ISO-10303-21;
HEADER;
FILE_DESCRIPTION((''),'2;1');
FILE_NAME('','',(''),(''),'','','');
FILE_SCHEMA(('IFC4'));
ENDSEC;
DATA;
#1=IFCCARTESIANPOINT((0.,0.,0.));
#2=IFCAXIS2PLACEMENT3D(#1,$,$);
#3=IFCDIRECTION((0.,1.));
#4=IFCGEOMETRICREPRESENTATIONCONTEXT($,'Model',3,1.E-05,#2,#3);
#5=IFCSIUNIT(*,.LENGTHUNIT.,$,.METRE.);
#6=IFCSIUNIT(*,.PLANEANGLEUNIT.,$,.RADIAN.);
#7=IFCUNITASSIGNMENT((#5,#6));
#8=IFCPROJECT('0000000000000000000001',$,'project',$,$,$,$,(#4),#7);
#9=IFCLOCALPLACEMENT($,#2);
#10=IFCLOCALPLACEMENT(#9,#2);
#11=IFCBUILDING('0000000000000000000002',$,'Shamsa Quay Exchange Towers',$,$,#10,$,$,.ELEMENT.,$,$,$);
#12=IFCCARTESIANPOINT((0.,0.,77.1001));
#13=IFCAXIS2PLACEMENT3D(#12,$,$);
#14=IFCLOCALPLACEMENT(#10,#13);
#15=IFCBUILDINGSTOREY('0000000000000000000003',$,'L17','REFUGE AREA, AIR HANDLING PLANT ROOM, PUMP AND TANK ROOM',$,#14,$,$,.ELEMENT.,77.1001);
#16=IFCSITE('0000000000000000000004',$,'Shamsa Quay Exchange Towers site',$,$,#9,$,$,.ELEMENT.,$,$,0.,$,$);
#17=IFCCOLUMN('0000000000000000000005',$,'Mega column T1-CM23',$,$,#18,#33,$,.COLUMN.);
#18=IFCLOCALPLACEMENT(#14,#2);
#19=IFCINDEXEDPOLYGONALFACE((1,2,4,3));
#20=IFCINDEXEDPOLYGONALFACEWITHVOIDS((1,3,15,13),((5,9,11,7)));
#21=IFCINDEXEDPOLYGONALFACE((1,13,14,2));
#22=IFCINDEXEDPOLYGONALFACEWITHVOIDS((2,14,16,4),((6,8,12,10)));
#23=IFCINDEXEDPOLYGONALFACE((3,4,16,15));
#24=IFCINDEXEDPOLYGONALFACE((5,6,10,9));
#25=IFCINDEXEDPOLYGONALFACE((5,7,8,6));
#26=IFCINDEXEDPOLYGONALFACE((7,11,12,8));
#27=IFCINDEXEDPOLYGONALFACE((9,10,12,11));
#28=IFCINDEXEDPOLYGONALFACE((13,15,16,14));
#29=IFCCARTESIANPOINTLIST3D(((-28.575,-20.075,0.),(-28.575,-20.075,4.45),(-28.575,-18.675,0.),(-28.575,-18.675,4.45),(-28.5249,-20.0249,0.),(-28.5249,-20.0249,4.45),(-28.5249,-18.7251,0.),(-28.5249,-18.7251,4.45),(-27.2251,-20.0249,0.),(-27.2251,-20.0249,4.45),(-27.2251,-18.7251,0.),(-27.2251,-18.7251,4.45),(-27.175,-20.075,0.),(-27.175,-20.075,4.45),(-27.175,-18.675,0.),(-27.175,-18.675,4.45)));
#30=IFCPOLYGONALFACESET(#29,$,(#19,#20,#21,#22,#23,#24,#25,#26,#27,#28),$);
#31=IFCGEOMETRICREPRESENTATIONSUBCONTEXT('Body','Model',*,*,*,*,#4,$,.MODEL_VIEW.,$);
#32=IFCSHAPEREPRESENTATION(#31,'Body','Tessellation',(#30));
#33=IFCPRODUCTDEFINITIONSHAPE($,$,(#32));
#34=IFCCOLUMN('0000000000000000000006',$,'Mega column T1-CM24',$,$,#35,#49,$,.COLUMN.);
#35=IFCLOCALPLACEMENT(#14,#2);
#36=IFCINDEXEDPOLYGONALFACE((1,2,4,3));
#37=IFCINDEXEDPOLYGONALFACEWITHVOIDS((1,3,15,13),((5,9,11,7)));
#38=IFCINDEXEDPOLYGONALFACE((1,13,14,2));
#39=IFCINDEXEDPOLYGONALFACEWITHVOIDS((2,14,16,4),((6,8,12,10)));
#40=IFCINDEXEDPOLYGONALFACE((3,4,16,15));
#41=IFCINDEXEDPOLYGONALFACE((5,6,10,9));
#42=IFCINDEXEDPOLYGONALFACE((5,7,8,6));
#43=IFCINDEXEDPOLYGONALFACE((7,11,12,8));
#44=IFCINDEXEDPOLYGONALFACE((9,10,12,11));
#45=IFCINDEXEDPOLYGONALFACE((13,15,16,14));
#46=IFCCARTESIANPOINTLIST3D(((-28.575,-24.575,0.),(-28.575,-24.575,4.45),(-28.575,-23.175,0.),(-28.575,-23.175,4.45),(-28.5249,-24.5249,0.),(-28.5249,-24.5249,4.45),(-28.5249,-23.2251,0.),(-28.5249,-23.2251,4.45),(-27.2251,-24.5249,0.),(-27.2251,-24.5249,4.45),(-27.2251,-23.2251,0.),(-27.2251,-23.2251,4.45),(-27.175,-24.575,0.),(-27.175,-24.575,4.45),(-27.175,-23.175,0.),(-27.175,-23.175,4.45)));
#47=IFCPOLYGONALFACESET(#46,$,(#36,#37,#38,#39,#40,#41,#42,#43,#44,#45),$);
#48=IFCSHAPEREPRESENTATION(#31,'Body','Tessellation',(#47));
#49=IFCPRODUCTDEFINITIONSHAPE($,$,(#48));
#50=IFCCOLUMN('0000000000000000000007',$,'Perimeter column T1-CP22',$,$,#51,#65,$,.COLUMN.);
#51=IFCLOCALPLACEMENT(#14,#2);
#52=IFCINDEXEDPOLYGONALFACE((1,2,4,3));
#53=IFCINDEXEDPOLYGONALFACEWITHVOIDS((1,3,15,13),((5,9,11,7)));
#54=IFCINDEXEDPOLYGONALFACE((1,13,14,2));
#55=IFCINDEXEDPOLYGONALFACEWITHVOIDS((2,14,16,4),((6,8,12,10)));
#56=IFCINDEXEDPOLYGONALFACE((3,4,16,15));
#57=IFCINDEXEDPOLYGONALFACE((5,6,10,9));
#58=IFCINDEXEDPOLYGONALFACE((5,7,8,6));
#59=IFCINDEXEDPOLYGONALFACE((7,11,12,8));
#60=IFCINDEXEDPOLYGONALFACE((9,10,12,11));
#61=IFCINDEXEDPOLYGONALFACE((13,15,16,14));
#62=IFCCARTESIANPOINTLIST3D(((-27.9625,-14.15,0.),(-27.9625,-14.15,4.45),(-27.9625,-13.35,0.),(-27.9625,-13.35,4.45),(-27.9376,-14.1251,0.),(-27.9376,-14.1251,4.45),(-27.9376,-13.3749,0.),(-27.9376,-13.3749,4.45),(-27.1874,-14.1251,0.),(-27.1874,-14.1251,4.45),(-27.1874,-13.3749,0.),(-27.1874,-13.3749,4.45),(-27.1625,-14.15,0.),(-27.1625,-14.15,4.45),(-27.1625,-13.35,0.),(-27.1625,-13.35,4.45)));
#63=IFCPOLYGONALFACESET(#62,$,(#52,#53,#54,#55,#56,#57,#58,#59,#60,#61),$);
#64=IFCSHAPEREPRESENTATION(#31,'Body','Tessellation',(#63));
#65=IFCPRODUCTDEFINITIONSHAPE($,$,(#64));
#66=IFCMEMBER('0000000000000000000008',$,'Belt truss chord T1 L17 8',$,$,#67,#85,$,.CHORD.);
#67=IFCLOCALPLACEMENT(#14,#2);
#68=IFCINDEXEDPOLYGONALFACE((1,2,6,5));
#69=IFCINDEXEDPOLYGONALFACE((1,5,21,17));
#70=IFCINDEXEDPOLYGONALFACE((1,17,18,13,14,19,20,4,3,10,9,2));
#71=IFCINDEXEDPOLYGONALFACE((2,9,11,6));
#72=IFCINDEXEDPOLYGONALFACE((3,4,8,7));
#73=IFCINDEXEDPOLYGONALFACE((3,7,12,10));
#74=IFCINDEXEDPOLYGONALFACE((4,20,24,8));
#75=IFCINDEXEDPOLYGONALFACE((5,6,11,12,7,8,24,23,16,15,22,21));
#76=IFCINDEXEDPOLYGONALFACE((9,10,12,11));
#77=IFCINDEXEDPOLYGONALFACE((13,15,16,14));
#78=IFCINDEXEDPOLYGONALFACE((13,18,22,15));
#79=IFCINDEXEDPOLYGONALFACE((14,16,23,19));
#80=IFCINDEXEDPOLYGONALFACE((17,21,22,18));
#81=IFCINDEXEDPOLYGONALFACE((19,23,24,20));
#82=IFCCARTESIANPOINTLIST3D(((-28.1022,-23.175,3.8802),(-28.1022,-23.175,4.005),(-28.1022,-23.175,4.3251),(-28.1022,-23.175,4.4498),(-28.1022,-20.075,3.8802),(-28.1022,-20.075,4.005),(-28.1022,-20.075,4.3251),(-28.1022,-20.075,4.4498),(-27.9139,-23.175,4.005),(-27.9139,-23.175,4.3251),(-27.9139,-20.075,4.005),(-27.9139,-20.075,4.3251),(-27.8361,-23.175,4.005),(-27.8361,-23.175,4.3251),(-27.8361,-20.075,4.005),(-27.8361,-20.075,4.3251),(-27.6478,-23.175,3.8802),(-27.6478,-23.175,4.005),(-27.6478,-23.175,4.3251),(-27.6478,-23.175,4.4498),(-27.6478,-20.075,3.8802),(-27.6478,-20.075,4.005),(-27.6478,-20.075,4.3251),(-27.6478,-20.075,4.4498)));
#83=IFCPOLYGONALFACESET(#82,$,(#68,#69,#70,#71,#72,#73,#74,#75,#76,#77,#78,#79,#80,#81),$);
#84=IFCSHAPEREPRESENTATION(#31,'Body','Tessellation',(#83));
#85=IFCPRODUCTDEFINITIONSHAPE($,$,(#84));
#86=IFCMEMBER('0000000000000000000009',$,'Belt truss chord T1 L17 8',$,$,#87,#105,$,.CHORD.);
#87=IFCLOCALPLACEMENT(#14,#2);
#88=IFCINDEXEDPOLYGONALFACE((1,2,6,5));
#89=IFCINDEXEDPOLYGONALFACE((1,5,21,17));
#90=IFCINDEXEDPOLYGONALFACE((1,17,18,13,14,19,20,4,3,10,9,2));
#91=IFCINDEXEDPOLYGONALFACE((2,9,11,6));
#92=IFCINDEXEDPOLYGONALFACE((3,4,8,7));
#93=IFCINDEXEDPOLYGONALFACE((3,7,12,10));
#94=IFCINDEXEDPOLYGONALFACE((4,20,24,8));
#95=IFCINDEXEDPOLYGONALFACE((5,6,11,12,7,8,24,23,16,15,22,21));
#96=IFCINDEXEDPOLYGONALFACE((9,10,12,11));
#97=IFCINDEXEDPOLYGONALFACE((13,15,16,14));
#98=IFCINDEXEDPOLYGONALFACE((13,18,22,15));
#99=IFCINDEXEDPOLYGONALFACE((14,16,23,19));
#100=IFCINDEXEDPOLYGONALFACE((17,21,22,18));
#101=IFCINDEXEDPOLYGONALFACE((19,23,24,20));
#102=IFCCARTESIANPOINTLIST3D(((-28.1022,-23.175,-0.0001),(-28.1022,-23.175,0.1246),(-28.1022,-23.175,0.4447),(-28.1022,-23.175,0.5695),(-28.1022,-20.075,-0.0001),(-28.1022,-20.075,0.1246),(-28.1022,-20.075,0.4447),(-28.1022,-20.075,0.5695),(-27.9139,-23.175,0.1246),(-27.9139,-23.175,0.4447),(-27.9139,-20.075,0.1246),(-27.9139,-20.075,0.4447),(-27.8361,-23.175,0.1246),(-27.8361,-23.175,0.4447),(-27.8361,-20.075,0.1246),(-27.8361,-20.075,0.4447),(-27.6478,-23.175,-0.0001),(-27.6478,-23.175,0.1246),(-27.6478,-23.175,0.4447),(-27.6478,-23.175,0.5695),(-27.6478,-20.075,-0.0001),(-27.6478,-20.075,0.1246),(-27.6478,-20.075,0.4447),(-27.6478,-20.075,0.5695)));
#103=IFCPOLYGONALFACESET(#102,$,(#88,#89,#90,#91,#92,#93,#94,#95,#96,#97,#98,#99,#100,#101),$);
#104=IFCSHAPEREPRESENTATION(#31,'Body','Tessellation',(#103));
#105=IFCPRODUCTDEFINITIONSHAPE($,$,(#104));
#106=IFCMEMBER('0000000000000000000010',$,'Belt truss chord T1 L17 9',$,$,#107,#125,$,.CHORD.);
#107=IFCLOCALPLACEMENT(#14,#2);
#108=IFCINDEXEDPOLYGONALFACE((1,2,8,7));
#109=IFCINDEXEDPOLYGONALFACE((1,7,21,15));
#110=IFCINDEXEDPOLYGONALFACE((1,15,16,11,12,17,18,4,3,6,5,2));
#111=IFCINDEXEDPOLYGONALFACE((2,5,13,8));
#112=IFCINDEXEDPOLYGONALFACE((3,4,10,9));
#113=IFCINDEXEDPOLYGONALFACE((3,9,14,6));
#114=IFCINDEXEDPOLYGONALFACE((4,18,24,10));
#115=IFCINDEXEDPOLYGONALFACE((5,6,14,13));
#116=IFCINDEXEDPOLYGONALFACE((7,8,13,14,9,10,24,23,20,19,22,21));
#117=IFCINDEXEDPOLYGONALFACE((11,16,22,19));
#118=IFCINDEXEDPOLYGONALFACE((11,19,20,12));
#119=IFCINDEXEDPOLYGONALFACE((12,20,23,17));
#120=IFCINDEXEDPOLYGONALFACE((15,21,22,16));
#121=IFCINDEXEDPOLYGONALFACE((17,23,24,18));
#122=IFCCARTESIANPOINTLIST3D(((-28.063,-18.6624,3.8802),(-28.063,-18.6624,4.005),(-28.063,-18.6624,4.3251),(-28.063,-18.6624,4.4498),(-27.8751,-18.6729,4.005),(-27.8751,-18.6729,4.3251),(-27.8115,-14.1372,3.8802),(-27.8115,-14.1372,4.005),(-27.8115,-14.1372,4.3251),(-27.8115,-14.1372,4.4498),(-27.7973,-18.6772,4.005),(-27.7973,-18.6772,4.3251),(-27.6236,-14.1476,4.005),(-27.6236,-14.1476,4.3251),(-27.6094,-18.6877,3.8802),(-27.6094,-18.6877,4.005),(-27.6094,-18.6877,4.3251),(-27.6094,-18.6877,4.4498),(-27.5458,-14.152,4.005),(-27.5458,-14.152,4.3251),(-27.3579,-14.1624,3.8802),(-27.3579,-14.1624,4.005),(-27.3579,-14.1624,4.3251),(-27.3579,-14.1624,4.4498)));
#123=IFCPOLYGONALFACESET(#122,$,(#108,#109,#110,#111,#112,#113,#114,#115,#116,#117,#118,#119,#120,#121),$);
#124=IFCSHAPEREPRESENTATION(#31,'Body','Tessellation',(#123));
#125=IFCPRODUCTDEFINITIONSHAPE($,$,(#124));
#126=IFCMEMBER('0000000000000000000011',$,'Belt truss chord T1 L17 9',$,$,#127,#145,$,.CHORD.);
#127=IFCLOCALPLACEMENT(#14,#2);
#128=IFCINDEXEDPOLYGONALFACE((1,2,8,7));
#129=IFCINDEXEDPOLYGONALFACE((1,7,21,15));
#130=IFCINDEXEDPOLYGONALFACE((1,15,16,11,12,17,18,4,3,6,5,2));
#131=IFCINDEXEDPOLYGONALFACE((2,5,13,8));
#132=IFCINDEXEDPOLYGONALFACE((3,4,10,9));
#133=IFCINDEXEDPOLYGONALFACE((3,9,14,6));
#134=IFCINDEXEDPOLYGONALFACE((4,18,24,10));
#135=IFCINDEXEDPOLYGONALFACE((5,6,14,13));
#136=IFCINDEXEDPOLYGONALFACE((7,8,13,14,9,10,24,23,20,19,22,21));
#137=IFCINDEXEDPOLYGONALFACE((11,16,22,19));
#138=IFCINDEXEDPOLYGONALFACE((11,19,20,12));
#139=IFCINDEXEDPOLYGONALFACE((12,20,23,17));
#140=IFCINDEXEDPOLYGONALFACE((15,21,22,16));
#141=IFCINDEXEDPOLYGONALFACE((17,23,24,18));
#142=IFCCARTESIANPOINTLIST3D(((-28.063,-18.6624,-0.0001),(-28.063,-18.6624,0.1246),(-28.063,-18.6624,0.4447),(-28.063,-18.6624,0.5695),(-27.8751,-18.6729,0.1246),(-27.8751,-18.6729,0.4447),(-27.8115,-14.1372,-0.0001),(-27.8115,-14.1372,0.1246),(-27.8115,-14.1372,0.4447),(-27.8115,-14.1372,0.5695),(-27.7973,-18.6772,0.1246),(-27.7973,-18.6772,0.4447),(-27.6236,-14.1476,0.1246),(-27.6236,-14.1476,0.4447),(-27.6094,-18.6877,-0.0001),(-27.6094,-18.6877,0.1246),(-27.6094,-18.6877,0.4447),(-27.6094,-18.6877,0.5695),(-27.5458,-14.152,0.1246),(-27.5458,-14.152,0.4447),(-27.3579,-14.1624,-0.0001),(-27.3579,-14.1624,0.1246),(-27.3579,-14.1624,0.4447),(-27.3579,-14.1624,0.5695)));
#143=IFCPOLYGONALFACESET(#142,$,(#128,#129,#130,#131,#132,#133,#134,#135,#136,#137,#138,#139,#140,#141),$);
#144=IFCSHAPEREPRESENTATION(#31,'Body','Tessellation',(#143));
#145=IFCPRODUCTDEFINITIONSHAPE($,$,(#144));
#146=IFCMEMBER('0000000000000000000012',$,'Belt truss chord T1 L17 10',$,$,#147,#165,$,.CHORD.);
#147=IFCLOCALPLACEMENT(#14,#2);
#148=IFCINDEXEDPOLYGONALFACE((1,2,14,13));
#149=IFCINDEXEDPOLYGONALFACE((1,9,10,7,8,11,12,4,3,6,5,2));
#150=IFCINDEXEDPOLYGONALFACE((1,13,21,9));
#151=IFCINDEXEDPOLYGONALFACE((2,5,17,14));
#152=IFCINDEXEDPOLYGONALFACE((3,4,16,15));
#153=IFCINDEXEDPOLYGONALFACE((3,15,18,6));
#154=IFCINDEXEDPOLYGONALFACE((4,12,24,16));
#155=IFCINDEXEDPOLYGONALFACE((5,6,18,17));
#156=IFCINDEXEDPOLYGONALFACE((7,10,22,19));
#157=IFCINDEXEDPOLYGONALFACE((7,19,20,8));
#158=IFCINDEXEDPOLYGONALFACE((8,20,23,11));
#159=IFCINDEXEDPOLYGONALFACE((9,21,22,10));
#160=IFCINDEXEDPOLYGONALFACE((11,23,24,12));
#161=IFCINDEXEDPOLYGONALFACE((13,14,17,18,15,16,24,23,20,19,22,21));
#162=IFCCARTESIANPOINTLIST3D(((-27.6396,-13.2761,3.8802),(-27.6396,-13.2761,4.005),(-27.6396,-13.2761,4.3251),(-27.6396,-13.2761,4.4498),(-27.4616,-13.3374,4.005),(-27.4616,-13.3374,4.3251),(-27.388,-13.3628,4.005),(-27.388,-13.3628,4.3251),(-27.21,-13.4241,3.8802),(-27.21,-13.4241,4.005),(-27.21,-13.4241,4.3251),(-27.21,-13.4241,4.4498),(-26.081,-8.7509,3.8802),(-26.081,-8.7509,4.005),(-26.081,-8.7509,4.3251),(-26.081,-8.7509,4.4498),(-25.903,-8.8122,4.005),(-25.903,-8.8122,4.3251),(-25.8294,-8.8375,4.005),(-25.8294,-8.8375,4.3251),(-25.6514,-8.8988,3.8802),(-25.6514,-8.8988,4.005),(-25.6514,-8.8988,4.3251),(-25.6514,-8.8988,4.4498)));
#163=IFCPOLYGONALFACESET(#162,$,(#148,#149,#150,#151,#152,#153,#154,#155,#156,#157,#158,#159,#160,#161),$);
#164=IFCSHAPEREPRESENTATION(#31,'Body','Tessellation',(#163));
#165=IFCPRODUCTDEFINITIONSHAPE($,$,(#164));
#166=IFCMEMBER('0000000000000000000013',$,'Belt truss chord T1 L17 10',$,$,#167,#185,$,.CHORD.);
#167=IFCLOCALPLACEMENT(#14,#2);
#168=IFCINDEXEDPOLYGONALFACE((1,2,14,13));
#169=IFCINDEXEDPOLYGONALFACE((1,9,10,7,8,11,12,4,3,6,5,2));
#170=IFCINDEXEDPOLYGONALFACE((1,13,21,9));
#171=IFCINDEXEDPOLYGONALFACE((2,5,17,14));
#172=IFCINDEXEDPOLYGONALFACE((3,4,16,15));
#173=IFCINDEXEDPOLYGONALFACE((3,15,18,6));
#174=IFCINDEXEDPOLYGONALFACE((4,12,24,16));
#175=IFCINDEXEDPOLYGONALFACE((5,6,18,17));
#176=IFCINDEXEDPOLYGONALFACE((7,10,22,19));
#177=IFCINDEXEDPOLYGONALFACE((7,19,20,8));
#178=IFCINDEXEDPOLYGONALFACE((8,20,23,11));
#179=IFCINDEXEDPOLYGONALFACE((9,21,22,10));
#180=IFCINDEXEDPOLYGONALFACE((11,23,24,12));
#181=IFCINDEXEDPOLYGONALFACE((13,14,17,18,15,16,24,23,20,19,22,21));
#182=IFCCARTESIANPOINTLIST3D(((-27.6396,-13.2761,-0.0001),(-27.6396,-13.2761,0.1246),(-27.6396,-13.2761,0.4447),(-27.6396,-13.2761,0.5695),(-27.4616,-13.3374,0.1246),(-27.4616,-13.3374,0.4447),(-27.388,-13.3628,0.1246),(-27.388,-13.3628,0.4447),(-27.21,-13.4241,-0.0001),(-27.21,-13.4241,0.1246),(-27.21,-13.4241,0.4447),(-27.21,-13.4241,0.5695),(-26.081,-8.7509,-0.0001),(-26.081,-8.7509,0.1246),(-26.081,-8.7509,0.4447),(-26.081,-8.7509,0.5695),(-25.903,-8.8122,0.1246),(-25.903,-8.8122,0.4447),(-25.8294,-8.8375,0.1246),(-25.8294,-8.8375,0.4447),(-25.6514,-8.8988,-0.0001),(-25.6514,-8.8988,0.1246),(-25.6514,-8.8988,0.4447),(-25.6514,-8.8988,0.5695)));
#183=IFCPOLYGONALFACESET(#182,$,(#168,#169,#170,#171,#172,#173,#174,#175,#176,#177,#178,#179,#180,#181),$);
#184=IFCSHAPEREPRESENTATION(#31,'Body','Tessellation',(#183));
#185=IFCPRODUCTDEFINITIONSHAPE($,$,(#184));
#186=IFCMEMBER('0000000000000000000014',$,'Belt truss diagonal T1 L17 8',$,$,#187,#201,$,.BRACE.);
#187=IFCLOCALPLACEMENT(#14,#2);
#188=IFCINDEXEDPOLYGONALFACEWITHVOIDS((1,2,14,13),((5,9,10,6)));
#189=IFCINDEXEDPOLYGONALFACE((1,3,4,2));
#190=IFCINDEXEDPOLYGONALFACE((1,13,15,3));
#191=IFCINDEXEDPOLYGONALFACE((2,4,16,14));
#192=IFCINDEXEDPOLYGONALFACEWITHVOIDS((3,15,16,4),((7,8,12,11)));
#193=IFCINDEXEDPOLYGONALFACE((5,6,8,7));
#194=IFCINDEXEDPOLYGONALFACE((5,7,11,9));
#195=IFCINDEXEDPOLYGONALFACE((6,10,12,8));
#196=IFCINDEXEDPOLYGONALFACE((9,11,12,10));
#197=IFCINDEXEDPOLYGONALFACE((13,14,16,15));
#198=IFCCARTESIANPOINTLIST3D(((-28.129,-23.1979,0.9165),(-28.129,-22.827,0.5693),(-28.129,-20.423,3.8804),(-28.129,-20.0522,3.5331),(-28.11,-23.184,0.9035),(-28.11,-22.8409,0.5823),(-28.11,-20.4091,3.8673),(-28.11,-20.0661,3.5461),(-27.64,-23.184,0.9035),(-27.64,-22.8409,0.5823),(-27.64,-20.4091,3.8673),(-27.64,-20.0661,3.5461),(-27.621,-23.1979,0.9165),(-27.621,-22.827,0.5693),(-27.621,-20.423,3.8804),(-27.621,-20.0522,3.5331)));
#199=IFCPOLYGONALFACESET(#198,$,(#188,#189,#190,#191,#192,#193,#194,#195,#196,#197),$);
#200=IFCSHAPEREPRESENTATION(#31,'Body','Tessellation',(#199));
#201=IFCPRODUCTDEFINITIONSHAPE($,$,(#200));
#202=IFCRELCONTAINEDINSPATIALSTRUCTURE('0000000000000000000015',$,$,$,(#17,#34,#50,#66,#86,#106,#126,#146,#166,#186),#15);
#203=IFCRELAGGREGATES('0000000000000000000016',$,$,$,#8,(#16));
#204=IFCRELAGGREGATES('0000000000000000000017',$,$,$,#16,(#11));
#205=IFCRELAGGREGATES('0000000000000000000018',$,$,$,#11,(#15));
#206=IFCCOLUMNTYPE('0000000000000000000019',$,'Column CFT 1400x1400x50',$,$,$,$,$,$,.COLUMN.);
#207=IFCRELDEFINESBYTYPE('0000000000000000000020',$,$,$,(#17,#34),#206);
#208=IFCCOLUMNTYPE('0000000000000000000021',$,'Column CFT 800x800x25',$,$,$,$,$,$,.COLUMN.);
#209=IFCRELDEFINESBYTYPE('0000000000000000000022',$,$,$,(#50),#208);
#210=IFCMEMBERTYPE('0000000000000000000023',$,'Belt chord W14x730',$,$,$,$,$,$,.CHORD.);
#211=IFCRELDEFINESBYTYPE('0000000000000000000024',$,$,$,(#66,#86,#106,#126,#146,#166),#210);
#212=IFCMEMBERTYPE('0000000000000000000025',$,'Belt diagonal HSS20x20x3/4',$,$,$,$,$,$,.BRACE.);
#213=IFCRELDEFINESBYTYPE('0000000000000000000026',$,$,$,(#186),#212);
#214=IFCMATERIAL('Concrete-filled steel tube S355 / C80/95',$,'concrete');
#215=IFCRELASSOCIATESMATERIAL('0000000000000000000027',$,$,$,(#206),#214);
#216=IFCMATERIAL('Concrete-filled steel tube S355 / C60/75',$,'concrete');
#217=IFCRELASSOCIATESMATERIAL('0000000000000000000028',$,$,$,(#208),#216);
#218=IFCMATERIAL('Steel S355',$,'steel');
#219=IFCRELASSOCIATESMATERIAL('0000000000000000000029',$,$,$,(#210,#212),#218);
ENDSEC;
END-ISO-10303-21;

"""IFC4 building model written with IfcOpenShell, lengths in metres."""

from ifc_helpers import new_model, si_unit, direction, frame, origin, origin_2d, place, context, subcontext, project, spatial, hollow_rectangle, i_section, extrude, material, material_profile, profile_set, type_object, element, save


model = new_model("IFC4")

# Units and contexts
model_context = context("Model", 3, precision=1e-05, world=origin(), true_north=direction((0.0, 1.0)))
body_context = subcontext(model_context, "Body", "Model", "MODEL_VIEW")
ifc_project = project(units=[si_unit("LENGTHUNIT", "METRE"), si_unit("PLANEANGLEUNIT", "RADIAN")], contexts=[model_context])

# Site, building, storey
site_placement = place(None, origin())
site = spatial("IfcSite", under=ifc_project, at=site_placement, Name="Shamsa Quay Exchange Towers site", CompositionType="ELEMENT", RefElevation=0.0)
building_placement = place(site_placement, origin())
building = spatial("IfcBuilding", under=site, at=building_placement, Name="Shamsa Quay Exchange Towers", CompositionType="ELEMENT")
storey_placement = place(building_placement, frame((0.0, 0.0, 77.1001)))
storey = spatial("IfcBuildingStorey", under=building, at=storey_placement, Name="L17", Description="REFUGE AREA, AIR HANDLING PLANT ROOM, PUMP AND TANK ROOM", CompositionType="ELEMENT", Elevation=77.1001)

# Columns
ifc_material_1 = material(Name="Concrete-filled steel tube S355 / C80/95", Category="concrete")
ifc_material_profile_1 = material_profile(ifc_material_1, hollow_rectangle(XDim=1.3999, YDim=1.3999, WallThickness=0.05, at=origin_2d()), Name="CFT 1400x1400x50")
ifc_profile_set_1 = profile_set([ifc_material_profile_1], Name="Concrete-filled steel tube S355 / C80/95")
column_type_1 = type_object("IfcColumnType", Name="Column CFT 1400x1400x50", PredefinedType="COLUMN", material=ifc_profile_set_1)
for number, where, name in (
    (1, (-27.875, -19.375, 0.0), "Mega column T1-CM23"),
    (2, (-27.875, -23.875, 0.0), "Mega column T1-CM24"),
):
    element("IfcColumn", number, at=place(storey_placement, frame(where)), inside=storey, type_object=column_type_1, Name=name, PredefinedType="COLUMN", context=body_context, shape_type="SweptSolid", body=[
        extrude(hollow_rectangle(XDim=1.3999, YDim=1.3999, WallThickness=0.05, at=origin_2d()), origin(), (0.0, 0.0, 1.0), 4.45),
    ])
ifc_material_2 = material(Name="Concrete-filled steel tube S355 / C60/75", Category="concrete")
ifc_material_profile_2 = material_profile(ifc_material_2, hollow_rectangle(XDim=0.8, YDim=0.8, WallThickness=0.0249, at=origin_2d()), Name="CFT 800x800x25")
ifc_profile_set_2 = profile_set([ifc_material_profile_2], Name="Concrete-filled steel tube S355 / C60/75")
column_type_2 = type_object("IfcColumnType", Name="Column CFT 800x800x25", PredefinedType="COLUMN", material=ifc_profile_set_2)
column_placement = place(storey_placement, frame((-27.5625, -13.75, 0.0)))
element("IfcColumn", 3, at=column_placement, inside=storey, type_object=column_type_2, Name="Perimeter column T1-CP22", PredefinedType="COLUMN", context=body_context, shape_type="SweptSolid", body=[
    extrude(hollow_rectangle(XDim=0.8, YDim=0.8, WallThickness=0.0249, at=origin_2d()), origin(), (0.0, 0.0, 1.0), 4.45),
])

# Members
ifc_material_3 = material(Name="Steel S355", Category="steel")
ifc_material_profile_3 = material_profile(ifc_material_3, i_section(OverallWidth=0.4543, OverallDepth=0.5696, WebThickness=0.0779, FlangeThickness=0.1248, at=origin_2d()), Name="W14x730")
ifc_profile_set_3 = profile_set([ifc_material_profile_3], Name="Steel S355")
member_type_1 = type_object("IfcMemberType", Name="Belt chord W14x730", PredefinedType="CHORD", material=ifc_profile_set_3)
for number, where, z_axis, x_axis, name in (
    (4, (-27.875, -23.175, 4.165), (0.0, 1.0, 0.0), (-1.0, 0.0, 0.0), "Belt truss chord T1 L17 8"),
    (5, (-27.875, -23.175, 0.2847), (0.0, 1.0, 0.0), (-1.0, 0.0, 0.0), "Belt truss chord T1 L17 8"),
):
    element("IfcMember", number, at=place(storey_placement, frame(where, z_axis=z_axis, x_axis=x_axis)), inside=storey, type_object=member_type_1, Name=name, PredefinedType="CHORD", context=body_context, shape_type="SweptSolid", body=[
        extrude(i_section(OverallWidth=0.4543, OverallDepth=0.5696, WebThickness=0.0779, FlangeThickness=0.1248, at=origin_2d()), origin(), (0.0, 0.0, 1.0), 3.1001),
    ])
for number, where, z_axis, x_axis, name in (
    (6, (-27.8362, -18.675, 4.165), (0.055485, 0.99846, 0.0), (-0.99846, 0.055485, 0.0), "Belt truss chord T1 L17 9"),
    (7, (-27.8362, -18.675, 0.2847), (0.055485, 0.99846, 0.0), (-0.99846, 0.055485, 0.0), "Belt truss chord T1 L17 9"),
):
    element("IfcMember", number, at=place(storey_placement, frame(where, z_axis=z_axis, x_axis=x_axis)), inside=storey, type_object=member_type_1, Name=name, PredefinedType="CHORD", context=body_context, shape_type="SweptSolid", body=[
        extrude(i_section(OverallWidth=0.4543, OverallDepth=0.5696, WebThickness=0.0779, FlangeThickness=0.1248, at=origin_2d()), origin(), (0.0, 0.0, 1.0), 4.5322),
    ])
for number, where, z_axis, x_axis, name in (
    (8, (-27.4248, -13.3501, 4.165), (0.325654, 0.945489, 0.0), (-0.945489, 0.325654, 0.0), "Belt truss chord T1 L17 10"),
    (9, (-27.4248, -13.3501, 0.2847), (0.325654, 0.945489, 0.0), (-0.945489, 0.325654, 0.0), "Belt truss chord T1 L17 10"),
):
    element("IfcMember", number, at=place(storey_placement, frame(where, z_axis=z_axis, x_axis=x_axis)), inside=storey, type_object=member_type_1, Name=name, PredefinedType="CHORD", context=body_context, shape_type="SweptSolid", body=[
        extrude(i_section(OverallWidth=0.4543, OverallDepth=0.5696, WebThickness=0.0779, FlangeThickness=0.1248, at=origin_2d()), origin(), (0.0, 0.0, 1.0), 4.7861),
    ])
ifc_material_profile_4 = material_profile(ifc_material_3, hollow_rectangle(XDim=0.5081, YDim=0.5081, WallThickness=0.019, at=origin_2d()), Name="HSS20x20x3/4")
ifc_profile_set_4 = profile_set([ifc_material_profile_4], Name="Steel S355")
member_type_2 = type_object("IfcMemberType", Name="Belt diagonal HSS20x20x3/4", PredefinedType="BRACE", material=ifc_profile_set_4)
member_1_placement = place(storey_placement, frame((-27.875, -23.0125, 0.7429), z_axis=(0.0, 0.683453, 0.729995), x_axis=(-1.0, 0.0, 0.0)))
element("IfcMember", 10, at=member_1_placement, inside=storey, type_object=member_type_2, Name="Belt truss diagonal T1 L17 8", PredefinedType="BRACE", context=body_context, shape_type="SweptSolid", body=[
    extrude(hollow_rectangle(XDim=0.5081, YDim=0.5081, WallThickness=0.019, at=origin_2d()), origin(), (0.0, 0.0, 1.0), 4.0601),
])

save(model, "model.ifc")
